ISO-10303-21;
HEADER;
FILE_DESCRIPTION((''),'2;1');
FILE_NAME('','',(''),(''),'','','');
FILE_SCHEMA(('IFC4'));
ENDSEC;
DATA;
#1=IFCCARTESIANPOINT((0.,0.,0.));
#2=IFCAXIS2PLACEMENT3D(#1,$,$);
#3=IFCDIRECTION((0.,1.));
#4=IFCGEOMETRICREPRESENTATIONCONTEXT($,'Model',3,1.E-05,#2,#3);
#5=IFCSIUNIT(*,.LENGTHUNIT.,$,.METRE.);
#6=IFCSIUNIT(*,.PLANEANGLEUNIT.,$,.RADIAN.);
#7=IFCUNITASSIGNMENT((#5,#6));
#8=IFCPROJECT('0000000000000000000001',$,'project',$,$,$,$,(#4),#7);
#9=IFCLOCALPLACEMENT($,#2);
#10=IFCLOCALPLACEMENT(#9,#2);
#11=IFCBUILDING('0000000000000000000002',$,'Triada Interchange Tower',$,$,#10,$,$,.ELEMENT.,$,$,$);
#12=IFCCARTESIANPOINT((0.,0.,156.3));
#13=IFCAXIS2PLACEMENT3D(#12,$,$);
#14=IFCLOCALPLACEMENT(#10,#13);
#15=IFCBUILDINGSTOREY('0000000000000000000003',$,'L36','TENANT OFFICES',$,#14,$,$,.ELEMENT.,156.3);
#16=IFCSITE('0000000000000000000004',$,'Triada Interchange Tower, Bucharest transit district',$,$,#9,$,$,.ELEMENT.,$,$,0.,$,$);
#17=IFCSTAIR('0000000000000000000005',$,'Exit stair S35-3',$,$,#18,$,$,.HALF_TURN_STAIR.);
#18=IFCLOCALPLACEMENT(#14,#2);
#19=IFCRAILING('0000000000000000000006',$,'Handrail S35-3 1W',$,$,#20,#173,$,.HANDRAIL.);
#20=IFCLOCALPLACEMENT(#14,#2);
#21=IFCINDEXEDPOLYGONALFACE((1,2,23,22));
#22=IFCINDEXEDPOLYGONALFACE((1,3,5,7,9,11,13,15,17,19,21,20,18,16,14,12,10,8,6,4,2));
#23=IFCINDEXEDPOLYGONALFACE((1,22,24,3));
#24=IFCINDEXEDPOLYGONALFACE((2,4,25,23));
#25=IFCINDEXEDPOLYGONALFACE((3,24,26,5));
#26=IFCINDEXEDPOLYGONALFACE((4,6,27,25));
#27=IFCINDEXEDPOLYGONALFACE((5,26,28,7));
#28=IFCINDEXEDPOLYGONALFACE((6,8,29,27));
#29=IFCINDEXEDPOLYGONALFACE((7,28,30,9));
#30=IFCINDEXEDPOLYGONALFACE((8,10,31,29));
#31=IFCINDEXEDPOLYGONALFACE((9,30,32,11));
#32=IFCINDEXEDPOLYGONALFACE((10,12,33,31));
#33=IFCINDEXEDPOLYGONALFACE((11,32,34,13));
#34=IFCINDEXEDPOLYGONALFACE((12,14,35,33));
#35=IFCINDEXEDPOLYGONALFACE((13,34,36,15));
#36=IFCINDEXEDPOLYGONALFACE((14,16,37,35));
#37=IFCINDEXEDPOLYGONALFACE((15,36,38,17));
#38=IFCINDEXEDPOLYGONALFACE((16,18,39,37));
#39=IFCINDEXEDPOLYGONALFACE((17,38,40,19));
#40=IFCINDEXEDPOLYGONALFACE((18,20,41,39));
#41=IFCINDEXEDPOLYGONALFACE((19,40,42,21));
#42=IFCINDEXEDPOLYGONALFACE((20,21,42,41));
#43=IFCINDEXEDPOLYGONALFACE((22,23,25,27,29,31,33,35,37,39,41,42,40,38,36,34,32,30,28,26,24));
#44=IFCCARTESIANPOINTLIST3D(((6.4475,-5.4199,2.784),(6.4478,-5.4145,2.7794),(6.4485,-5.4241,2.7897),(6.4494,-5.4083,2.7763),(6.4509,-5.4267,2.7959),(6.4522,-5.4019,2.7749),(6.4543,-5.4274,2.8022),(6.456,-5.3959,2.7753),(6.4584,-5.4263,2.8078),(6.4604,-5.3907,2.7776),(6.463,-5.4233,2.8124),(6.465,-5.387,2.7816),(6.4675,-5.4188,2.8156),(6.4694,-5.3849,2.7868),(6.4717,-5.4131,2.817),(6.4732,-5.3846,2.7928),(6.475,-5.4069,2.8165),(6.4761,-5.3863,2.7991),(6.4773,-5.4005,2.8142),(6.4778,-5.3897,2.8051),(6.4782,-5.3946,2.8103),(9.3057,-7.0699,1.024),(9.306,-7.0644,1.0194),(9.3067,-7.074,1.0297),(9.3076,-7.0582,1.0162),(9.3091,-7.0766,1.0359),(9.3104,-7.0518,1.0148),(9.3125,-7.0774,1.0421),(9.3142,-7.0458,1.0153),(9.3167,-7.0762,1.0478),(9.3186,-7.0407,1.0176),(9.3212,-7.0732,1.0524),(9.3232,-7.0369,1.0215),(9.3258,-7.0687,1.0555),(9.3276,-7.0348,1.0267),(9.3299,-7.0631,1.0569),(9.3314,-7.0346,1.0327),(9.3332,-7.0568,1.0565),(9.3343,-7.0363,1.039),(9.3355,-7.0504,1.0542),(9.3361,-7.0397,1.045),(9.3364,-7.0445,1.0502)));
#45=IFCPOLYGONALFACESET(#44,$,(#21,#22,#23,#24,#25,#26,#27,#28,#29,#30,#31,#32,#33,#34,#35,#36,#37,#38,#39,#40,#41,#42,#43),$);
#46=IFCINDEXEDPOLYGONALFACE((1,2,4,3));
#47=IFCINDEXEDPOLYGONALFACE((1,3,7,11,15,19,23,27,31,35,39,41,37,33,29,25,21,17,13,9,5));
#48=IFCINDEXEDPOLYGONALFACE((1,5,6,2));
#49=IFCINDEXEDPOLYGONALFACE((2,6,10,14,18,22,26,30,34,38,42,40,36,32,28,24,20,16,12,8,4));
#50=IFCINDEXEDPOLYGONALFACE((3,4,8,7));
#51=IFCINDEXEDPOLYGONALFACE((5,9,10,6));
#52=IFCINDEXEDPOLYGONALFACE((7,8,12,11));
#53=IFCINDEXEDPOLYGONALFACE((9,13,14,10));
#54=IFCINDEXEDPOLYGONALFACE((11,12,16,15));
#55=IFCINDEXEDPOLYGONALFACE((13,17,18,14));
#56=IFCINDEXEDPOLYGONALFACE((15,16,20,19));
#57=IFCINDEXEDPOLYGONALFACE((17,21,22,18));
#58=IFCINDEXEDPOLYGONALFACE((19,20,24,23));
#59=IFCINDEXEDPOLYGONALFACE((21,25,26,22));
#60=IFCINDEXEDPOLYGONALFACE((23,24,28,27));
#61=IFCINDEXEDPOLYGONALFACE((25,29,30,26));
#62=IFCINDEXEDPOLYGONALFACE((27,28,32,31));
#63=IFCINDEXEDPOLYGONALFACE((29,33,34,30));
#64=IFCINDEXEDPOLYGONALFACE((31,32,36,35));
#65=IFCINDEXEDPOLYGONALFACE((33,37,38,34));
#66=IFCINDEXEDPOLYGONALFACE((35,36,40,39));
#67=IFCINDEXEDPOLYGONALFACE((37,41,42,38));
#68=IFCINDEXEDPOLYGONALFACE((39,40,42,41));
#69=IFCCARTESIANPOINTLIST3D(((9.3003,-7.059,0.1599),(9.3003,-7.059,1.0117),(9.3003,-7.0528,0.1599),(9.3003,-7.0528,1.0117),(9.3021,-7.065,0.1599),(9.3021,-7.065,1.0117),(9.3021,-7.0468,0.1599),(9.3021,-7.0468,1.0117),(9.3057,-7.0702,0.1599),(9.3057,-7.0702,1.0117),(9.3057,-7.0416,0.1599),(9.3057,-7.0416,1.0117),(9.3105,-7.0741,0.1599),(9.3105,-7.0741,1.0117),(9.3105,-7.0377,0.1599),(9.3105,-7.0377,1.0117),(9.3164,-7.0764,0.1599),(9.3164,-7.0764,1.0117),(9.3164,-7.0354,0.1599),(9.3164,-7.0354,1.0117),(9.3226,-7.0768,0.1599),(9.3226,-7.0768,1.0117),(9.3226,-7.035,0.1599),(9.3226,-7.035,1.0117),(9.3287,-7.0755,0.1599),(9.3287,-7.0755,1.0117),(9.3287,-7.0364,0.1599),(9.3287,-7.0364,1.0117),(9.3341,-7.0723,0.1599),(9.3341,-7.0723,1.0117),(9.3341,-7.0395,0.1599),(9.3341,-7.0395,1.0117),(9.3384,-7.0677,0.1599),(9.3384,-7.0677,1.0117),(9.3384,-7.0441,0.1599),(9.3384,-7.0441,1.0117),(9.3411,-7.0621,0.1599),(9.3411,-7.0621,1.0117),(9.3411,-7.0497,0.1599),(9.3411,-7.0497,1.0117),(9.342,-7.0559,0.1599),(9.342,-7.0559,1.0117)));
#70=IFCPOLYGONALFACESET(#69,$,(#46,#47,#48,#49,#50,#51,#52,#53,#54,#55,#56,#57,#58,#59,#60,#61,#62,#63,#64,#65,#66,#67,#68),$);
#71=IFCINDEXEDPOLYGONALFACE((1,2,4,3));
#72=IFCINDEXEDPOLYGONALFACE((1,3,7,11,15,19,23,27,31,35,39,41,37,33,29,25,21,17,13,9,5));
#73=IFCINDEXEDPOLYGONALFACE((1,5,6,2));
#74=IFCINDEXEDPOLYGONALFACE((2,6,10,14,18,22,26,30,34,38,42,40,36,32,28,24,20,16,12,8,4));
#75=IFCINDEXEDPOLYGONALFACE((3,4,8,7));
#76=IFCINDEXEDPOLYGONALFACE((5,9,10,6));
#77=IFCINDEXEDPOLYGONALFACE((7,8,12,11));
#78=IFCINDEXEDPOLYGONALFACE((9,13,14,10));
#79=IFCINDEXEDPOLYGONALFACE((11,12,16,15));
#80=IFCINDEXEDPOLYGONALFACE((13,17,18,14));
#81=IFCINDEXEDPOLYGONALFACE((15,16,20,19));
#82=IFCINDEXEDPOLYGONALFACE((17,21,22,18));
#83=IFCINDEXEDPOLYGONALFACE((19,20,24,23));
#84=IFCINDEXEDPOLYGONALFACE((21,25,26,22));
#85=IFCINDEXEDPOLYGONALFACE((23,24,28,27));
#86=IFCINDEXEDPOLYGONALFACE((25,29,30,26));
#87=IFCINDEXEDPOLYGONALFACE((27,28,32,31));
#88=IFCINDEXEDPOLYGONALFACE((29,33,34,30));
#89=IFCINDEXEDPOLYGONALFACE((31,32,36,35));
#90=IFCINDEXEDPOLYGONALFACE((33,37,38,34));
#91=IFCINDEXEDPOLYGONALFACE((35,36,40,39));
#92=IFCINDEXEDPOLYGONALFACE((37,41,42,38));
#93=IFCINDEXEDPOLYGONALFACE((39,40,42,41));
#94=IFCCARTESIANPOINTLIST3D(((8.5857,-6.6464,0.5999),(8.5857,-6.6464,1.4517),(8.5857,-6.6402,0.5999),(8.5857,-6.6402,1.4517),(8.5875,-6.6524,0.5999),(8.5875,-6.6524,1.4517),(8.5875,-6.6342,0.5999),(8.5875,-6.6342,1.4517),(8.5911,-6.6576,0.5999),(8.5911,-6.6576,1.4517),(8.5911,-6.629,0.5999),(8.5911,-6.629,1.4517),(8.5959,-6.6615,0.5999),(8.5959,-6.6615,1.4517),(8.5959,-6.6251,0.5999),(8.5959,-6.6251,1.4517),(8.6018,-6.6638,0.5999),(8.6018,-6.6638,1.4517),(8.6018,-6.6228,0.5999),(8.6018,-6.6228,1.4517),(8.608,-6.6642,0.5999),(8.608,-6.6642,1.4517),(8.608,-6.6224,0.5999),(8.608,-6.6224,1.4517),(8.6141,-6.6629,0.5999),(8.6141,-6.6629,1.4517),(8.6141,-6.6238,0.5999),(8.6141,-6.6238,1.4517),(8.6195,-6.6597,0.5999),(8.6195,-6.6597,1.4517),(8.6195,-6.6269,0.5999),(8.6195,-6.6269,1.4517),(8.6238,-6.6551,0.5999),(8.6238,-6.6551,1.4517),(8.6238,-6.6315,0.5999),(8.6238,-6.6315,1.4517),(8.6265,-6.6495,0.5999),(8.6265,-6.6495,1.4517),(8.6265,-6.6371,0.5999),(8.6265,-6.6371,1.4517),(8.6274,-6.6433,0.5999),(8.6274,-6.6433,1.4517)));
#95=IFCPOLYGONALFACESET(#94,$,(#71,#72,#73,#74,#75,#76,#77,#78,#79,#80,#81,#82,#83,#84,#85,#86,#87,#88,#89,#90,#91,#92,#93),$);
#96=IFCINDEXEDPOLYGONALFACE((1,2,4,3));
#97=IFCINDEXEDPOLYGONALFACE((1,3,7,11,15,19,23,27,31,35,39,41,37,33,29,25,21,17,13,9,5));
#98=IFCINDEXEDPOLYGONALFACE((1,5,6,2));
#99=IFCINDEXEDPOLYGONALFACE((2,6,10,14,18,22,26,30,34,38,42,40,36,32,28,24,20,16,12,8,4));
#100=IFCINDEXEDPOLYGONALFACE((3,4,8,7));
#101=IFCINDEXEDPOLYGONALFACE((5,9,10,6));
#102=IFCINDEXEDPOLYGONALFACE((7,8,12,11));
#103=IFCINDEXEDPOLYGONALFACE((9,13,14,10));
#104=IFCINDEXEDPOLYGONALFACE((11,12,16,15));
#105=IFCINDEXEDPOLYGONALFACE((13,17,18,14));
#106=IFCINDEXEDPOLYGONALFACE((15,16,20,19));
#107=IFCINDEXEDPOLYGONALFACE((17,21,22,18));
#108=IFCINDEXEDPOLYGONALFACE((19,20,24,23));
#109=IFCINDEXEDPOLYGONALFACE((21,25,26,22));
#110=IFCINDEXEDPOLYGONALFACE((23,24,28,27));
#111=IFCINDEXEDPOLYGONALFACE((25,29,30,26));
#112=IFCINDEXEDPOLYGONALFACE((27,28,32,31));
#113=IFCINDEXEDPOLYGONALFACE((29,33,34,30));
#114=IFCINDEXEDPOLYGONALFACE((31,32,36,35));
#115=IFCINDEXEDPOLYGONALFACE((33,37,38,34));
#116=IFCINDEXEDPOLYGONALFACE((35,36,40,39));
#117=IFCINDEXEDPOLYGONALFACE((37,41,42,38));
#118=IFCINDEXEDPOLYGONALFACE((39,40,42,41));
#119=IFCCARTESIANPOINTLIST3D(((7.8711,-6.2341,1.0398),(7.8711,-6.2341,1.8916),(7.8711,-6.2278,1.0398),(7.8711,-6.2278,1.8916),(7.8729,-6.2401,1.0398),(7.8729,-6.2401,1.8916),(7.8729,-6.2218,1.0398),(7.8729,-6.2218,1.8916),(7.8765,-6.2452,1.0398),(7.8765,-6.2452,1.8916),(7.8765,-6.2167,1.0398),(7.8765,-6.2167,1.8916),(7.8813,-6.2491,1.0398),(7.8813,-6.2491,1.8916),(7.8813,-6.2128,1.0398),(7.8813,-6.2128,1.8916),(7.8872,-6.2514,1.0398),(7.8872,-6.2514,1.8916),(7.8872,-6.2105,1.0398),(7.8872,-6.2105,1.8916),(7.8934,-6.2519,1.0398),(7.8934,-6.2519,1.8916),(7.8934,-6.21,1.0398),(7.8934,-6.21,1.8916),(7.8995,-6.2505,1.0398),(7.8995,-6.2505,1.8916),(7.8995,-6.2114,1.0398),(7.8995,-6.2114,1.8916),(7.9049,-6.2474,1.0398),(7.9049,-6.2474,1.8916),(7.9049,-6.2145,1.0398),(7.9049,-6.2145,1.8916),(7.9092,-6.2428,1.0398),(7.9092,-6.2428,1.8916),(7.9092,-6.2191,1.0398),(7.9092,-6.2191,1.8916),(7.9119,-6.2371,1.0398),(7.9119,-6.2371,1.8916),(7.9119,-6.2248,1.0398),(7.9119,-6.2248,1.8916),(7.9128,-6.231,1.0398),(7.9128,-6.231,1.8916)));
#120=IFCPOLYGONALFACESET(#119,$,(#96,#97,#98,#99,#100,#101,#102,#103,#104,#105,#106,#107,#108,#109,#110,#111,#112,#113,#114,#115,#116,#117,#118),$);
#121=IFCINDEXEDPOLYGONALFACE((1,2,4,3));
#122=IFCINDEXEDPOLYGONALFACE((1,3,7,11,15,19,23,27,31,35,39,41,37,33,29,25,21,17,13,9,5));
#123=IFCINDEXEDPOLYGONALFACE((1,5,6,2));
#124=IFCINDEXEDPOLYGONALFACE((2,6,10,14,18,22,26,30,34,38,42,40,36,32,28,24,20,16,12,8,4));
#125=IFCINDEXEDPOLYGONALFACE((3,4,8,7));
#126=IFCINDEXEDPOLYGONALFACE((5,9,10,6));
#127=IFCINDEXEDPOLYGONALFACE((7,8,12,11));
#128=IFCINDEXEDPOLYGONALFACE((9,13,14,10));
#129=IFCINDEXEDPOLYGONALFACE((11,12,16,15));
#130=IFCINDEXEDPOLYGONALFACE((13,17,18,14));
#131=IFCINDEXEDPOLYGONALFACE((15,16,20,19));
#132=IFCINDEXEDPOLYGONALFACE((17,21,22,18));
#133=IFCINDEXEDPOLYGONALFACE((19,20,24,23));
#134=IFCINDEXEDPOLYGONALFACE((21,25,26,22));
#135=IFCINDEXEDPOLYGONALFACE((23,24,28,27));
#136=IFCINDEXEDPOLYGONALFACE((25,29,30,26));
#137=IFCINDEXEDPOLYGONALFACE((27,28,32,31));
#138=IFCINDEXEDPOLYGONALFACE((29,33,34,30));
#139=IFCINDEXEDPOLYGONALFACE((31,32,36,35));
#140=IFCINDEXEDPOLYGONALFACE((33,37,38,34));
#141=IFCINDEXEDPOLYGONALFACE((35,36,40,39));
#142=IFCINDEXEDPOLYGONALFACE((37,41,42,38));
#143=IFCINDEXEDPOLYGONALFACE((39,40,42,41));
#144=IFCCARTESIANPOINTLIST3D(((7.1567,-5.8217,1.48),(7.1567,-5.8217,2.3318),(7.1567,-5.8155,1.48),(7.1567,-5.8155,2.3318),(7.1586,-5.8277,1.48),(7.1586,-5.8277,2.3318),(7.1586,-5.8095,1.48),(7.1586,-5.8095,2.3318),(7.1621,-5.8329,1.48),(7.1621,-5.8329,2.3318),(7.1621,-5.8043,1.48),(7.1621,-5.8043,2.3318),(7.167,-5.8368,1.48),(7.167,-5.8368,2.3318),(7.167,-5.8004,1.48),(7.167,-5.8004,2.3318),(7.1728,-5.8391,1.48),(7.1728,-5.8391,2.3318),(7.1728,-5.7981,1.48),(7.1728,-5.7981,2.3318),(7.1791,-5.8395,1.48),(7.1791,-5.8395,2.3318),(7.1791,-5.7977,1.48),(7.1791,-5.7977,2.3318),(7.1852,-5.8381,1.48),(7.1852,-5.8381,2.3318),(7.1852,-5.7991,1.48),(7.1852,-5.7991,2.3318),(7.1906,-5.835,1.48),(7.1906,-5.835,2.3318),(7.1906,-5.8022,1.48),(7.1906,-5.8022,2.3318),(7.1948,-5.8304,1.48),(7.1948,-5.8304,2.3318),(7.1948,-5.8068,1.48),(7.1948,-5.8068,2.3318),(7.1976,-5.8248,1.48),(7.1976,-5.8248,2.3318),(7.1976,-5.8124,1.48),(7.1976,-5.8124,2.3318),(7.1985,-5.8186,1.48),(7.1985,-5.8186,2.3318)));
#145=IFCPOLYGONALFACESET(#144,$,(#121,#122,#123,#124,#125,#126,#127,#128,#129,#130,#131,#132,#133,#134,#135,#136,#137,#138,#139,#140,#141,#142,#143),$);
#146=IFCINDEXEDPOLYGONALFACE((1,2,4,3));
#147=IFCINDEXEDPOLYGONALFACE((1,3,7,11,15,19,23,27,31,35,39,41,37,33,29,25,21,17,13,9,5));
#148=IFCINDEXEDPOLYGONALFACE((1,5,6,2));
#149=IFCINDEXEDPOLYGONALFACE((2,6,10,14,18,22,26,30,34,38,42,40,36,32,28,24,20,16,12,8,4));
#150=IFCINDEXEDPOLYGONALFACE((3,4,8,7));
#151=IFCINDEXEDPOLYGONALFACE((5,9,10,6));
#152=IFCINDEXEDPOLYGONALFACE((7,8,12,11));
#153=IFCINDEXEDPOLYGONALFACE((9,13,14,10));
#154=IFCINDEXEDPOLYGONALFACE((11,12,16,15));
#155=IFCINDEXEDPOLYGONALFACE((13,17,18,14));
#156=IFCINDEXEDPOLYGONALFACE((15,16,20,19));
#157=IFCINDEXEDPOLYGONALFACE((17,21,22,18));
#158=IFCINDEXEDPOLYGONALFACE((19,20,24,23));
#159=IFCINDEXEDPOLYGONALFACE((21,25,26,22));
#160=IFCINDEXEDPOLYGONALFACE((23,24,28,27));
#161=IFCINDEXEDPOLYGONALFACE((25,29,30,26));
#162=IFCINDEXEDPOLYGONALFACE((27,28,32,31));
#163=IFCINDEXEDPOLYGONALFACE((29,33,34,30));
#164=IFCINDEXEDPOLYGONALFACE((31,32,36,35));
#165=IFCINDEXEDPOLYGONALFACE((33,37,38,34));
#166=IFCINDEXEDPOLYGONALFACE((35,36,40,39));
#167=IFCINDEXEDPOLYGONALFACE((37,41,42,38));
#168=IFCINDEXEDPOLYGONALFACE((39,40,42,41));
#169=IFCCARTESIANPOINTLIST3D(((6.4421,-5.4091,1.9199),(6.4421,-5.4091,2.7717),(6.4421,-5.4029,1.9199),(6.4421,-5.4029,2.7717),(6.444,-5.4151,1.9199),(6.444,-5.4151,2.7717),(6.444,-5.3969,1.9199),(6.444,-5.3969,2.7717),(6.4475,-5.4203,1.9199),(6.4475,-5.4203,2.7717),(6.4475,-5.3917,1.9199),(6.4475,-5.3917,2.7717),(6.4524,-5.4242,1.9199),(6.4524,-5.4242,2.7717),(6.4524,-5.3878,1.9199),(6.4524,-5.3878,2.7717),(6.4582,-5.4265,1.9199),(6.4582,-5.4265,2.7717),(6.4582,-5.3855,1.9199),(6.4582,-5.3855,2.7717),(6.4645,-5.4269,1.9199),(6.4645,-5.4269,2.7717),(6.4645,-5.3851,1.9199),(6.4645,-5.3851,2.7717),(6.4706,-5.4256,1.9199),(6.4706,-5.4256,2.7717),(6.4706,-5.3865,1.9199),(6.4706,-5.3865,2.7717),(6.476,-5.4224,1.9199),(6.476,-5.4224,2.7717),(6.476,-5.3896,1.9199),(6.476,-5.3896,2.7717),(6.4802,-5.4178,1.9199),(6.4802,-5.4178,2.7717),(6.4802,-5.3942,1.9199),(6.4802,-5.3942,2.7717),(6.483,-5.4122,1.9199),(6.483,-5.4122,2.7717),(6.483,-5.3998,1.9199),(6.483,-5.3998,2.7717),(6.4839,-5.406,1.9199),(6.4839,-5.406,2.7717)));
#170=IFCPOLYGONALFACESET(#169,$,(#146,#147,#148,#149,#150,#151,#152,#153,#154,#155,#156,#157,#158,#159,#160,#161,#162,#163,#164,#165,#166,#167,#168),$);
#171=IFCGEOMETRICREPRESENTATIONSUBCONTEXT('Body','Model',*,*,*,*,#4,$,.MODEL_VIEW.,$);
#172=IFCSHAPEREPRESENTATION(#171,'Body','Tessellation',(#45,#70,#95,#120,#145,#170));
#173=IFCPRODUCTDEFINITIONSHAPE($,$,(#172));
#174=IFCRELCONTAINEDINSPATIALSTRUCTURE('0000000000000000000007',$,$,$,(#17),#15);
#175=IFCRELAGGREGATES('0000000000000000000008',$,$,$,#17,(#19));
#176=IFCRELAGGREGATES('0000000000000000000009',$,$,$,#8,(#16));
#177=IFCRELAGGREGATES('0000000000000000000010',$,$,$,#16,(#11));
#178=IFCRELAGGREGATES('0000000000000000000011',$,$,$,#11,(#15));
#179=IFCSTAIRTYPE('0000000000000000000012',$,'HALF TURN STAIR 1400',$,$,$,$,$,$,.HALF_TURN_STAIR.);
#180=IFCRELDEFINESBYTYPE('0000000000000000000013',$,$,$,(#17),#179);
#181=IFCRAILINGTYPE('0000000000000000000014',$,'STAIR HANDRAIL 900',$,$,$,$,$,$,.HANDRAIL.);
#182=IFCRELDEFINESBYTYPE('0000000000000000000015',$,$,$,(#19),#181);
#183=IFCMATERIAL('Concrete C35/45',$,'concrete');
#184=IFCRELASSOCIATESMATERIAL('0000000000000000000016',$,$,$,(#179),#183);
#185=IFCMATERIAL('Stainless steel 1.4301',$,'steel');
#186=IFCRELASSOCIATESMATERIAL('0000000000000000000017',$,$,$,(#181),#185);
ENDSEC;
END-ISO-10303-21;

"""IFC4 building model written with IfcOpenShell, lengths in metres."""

from ifc_helpers import new_model, si_unit, direction, frame, origin, origin_2d, place, context, subcontext, project, spatial, circle, extrude, material, type_object, element, aggregate, save


model = new_model("IFC4")

# Units and contexts
model_context = context("Model", 3, precision=1e-05, world=origin(), true_north=direction((0.0, 1.0)))
body_context = subcontext(model_context, "Body", "Model", "MODEL_VIEW")
ifc_project = project(units=[si_unit("LENGTHUNIT", "METRE"), si_unit("PLANEANGLEUNIT", "RADIAN")], contexts=[model_context])

# Site, building, storey
site_placement = place(None, origin())
site = spatial("IfcSite", under=ifc_project, at=site_placement, Name="Triada Interchange Tower, Bucharest transit district", CompositionType="ELEMENT", RefElevation=0.0)
building_placement = place(site_placement, origin())
building = spatial("IfcBuilding", under=site, at=building_placement, Name="Triada Interchange Tower", CompositionType="ELEMENT")
storey_placement = place(building_placement, frame((0.0, 0.0, 156.3)))
storey = spatial("IfcBuildingStorey", under=building, at=storey_placement, Name="L36", Description="TENANT OFFICES", CompositionType="ELEMENT", Elevation=156.3)

# Stair, railing
ifc_material_1 = material(Name="Concrete C35/45", Category="concrete")
stair_type = type_object("IfcStairType", Name="HALF TURN STAIR 1400", PredefinedType="HALF_TURN_STAIR", material=ifc_material_1)
stair_placement = place(storey_placement, origin())
stair = element("IfcStair", 1, at=stair_placement, inside=storey, type_object=stair_type, Name="Exit stair S35-3", PredefinedType="HALF_TURN_STAIR")
ifc_material_2 = material(Name="Stainless steel 1.4301", Category="steel")
railing_type = type_object("IfcRailingType", Name="STAIR HANDRAIL 900", PredefinedType="HANDRAIL", material=ifc_material_2)
railing_1_placement = place(storey_placement, frame((9.321, -7.0559, 0.1599)))
railing_1 = element("IfcRailing", 2, at=railing_1_placement, type_object=railing_type, Name="Handrail S35-3 1W", PredefinedType="HANDRAIL", context=body_context, shape_type="SweptSolid", body=[
    extrude(circle(Radius=0.0239, at=origin_2d()), frame((0.0, 0.0, 0.876), z_axis=(-0.764178, 0.441131, 0.47057), x_axis=(-0.499942, -0.866059, 0.0)), (0.0, 0.0, 1.0), 3.7402),
    extrude(circle(Radius=0.021, at=origin_2d()), origin(), (0.0, 0.0, 1.0), 0.8518),
    extrude(circle(Radius=0.021, at=origin_2d()), frame((-0.7146, 0.4126, 0.4399)), (0.0, 0.0, 1.0), 0.8518),
    extrude(circle(Radius=0.021, at=origin_2d()), frame((-1.4292, 0.825, 0.8799)), (0.0, 0.0, 1.0), 0.8518),
    extrude(circle(Radius=0.021, at=origin_2d()), frame((-2.1436, 1.2373, 1.3201)), (0.0, 0.0, 1.0), 0.8518),
    extrude(circle(Radius=0.021, at=origin_2d()), frame((-2.8582, 1.6499, 1.76)), (0.0, 0.0, 1.0), 0.8518),
])
aggregate(stair, [railing_1])

save(model, "model.ifc")
